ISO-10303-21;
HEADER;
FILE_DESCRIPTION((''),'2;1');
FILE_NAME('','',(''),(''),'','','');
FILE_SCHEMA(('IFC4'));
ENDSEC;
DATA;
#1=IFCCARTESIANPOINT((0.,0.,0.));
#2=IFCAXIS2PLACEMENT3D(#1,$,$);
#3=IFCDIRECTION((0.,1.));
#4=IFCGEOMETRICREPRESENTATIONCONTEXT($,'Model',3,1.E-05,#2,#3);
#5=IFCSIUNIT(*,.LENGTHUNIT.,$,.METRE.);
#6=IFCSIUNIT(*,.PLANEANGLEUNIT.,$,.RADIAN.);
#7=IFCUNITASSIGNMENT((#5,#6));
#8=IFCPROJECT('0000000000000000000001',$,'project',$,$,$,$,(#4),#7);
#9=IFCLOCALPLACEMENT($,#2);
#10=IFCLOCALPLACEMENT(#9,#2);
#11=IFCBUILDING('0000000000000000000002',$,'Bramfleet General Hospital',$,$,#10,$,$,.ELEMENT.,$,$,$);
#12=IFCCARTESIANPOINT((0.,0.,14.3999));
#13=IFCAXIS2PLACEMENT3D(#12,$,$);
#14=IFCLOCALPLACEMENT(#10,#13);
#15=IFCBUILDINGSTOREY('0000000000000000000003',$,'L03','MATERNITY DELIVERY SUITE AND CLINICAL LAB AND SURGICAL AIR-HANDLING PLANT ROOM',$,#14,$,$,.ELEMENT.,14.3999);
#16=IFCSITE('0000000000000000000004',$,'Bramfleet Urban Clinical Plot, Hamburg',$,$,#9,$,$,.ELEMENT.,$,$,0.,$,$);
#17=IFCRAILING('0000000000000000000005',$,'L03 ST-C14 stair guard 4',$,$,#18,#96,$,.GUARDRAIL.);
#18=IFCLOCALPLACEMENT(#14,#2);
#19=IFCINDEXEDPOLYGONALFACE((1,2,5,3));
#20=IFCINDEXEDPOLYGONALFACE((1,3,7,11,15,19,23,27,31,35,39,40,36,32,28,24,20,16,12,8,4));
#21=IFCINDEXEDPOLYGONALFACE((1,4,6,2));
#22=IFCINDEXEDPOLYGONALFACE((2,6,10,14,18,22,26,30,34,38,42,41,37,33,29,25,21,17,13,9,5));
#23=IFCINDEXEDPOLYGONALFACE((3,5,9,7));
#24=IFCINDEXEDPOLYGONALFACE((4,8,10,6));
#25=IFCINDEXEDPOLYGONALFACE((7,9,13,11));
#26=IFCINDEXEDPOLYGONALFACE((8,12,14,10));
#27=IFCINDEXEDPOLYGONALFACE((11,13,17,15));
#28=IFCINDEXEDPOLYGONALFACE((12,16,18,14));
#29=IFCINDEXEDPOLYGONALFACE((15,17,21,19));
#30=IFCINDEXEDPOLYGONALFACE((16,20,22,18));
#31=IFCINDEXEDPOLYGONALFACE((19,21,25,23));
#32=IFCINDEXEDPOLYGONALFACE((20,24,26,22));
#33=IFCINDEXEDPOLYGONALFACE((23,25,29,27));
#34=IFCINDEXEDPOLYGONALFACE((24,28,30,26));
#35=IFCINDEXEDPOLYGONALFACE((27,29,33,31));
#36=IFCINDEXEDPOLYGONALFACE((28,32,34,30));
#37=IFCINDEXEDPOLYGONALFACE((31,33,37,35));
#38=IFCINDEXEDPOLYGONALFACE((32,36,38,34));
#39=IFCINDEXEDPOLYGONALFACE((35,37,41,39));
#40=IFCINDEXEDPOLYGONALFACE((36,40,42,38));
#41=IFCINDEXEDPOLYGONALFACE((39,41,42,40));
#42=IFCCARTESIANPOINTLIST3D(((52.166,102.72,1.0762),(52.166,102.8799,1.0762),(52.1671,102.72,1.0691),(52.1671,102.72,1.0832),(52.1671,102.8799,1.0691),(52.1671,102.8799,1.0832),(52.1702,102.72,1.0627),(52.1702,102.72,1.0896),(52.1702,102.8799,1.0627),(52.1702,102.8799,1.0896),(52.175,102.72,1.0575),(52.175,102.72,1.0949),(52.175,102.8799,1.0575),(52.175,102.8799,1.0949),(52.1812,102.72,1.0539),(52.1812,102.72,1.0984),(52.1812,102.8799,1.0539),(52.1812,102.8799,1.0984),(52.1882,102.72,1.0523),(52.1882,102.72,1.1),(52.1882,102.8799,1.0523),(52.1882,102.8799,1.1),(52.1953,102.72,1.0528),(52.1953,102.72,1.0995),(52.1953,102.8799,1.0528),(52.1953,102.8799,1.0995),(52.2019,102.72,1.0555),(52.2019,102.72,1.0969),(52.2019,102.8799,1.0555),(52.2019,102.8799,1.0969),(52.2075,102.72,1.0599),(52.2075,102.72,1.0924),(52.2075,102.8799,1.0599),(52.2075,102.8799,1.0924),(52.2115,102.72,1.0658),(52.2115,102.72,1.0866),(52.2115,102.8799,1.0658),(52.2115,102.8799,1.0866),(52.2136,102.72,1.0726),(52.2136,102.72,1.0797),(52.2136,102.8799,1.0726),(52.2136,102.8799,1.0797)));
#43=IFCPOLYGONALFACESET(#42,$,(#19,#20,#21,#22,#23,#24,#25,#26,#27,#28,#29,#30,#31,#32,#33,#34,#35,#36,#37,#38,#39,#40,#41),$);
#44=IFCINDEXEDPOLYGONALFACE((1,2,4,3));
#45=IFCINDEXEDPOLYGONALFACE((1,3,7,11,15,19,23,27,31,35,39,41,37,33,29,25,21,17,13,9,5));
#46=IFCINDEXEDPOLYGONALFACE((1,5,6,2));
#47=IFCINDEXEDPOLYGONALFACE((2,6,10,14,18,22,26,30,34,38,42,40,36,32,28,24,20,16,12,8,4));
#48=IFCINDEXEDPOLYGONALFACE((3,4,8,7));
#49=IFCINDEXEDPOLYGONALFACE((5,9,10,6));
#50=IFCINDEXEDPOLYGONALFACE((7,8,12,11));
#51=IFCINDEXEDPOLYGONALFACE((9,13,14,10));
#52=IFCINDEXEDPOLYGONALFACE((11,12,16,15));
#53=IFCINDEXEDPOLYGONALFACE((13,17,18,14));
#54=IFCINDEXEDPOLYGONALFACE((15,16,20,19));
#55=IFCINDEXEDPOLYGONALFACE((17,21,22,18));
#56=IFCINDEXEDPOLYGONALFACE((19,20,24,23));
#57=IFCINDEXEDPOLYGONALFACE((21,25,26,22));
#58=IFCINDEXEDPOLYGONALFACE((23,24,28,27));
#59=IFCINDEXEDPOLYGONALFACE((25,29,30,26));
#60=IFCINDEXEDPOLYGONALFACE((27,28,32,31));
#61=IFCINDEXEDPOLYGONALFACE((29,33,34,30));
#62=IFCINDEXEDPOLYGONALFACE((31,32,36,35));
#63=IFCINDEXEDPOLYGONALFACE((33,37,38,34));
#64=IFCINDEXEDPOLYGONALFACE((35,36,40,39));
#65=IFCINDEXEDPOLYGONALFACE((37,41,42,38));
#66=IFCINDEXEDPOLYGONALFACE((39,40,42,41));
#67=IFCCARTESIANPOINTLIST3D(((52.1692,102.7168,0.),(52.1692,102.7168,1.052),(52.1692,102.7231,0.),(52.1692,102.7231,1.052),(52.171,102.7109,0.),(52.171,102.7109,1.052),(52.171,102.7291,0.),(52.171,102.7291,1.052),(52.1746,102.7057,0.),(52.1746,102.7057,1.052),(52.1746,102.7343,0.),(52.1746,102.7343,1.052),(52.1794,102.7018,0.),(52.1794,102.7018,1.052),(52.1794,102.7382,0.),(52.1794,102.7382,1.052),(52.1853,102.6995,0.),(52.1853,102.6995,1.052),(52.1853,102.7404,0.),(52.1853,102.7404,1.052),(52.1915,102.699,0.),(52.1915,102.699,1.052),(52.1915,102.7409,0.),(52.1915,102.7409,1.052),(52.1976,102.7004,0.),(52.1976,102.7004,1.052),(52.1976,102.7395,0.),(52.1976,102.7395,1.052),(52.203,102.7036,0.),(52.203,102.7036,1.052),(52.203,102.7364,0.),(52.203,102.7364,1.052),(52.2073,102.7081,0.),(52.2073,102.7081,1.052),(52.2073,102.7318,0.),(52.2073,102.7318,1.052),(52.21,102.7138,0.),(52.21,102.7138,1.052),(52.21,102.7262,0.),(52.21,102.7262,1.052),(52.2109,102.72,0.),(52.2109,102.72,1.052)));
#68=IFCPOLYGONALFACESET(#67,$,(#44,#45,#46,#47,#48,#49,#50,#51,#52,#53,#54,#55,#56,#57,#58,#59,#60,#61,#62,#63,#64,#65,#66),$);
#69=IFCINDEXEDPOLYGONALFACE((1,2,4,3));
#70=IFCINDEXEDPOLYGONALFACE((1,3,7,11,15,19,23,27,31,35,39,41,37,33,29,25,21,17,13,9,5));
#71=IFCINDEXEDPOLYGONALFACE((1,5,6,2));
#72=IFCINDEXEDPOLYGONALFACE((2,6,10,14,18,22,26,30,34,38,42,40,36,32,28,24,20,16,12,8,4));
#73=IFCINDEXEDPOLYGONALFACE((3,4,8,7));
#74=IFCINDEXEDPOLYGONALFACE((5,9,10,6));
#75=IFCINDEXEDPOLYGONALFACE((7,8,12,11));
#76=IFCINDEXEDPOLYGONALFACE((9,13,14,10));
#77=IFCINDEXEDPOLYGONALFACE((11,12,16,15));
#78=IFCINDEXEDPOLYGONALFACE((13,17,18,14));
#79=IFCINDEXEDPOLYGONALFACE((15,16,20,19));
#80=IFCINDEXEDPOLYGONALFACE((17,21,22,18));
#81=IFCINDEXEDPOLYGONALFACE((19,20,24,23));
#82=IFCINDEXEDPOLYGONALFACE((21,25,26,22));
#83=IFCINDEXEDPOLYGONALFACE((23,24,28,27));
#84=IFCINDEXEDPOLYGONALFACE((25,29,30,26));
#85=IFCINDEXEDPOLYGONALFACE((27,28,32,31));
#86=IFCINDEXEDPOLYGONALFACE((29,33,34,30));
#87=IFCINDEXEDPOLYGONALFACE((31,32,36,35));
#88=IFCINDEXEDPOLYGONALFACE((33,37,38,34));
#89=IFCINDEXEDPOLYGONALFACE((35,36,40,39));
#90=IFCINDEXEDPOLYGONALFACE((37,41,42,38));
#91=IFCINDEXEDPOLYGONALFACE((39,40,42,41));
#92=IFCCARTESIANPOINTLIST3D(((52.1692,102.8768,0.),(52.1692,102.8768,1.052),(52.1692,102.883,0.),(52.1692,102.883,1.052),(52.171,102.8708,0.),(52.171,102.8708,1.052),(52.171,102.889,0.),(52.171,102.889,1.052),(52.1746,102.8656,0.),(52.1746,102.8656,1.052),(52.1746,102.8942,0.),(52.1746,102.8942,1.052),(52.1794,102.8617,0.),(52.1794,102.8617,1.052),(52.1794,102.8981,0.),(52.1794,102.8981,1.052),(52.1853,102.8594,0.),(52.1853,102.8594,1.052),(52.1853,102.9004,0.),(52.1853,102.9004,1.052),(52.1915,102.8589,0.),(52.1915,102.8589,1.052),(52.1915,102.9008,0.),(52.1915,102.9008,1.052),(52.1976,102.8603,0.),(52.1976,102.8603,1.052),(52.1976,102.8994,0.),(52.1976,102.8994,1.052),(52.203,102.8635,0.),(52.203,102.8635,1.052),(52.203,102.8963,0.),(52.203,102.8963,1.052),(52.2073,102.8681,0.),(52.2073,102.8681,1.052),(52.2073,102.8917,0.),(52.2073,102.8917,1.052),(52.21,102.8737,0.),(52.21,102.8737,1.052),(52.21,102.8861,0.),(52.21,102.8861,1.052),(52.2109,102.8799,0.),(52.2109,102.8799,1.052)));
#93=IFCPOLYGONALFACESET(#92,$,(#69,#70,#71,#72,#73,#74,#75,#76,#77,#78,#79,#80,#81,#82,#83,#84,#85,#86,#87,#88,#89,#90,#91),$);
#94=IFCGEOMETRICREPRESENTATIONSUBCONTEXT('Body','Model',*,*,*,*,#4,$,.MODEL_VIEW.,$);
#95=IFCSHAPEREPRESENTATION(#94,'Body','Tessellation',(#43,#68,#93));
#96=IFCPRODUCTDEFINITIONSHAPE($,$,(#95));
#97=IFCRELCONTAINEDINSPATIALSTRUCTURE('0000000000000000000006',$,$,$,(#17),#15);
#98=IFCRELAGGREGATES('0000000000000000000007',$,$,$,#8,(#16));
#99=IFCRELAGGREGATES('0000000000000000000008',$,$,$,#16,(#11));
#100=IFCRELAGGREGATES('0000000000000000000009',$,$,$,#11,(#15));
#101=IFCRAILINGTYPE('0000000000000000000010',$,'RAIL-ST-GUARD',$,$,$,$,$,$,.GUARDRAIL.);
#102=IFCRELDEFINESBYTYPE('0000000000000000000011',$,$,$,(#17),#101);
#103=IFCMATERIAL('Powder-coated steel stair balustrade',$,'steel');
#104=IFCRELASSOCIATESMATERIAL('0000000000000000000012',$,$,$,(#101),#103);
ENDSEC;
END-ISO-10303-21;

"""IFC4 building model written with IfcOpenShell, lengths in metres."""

from ifc_helpers import new_model, si_unit, direction, frame, origin, origin_2d, place, context, subcontext, project, spatial, circle, extrude, material, type_object, element, save


model = new_model("IFC4")

# Units and contexts
model_context = context("Model", 3, precision=1e-05, world=origin(), true_north=direction((0.0, 1.0)))
body_context = subcontext(model_context, "Body", "Model", "MODEL_VIEW")
ifc_project = project(units=[si_unit("LENGTHUNIT", "METRE"), si_unit("PLANEANGLEUNIT", "RADIAN")], contexts=[model_context])

# Site, building, storey
site_placement = place(None, origin())
site = spatial("IfcSite", under=ifc_project, at=site_placement, Name="Bramfleet Urban Clinical Plot, Hamburg", CompositionType="ELEMENT", RefElevation=0.0)
building_placement = place(site_placement, origin())
building = spatial("IfcBuilding", under=site, at=building_placement, Name="Bramfleet General Hospital", CompositionType="ELEMENT")
storey_placement = place(building_placement, frame((0.0, 0.0, 14.3999)))
storey = spatial("IfcBuildingStorey", under=building, at=storey_placement, Name="L03", Description="MATERNITY DELIVERY SUITE AND CLINICAL LAB AND SURGICAL AIR-HANDLING PLANT ROOM", CompositionType="ELEMENT", Elevation=14.3999)

# Railing
ifc_material_1 = material(Name="Powder-coated steel stair balustrade", Category="steel")
railing_type_1 = type_object("IfcRailingType", Name="RAIL-ST-GUARD", PredefinedType="GUARDRAIL", material=ifc_material_1)
railing_1_placement = place(storey_placement, frame((52.1899, 102.72, 0.0)))
element("IfcRailing", 1, at=railing_1_placement, inside=storey, type_object=railing_type_1, Name="L03 ST-C14 stair guard 4", PredefinedType="GUARDRAIL", context=body_context, shape_type="SweptSolid", body=[
    extrude(circle(Radius=0.0239, at=origin_2d()), frame((0.0, 0.0, 1.0762), z_axis=(0.0, 1.0, 0.0), x_axis=(-1.0, 0.0, 0.0)), (0.0, 0.0, 1.0), 0.1599),
    extrude(circle(Radius=0.021, at=origin_2d()), origin(), (0.0, 0.0, 1.0), 1.052),
    extrude(circle(Radius=0.021, at=origin_2d()), frame((0.0, 0.1599, 0.0)), (0.0, 0.0, 1.0), 1.052),
])

save(model, "model.ifc")
